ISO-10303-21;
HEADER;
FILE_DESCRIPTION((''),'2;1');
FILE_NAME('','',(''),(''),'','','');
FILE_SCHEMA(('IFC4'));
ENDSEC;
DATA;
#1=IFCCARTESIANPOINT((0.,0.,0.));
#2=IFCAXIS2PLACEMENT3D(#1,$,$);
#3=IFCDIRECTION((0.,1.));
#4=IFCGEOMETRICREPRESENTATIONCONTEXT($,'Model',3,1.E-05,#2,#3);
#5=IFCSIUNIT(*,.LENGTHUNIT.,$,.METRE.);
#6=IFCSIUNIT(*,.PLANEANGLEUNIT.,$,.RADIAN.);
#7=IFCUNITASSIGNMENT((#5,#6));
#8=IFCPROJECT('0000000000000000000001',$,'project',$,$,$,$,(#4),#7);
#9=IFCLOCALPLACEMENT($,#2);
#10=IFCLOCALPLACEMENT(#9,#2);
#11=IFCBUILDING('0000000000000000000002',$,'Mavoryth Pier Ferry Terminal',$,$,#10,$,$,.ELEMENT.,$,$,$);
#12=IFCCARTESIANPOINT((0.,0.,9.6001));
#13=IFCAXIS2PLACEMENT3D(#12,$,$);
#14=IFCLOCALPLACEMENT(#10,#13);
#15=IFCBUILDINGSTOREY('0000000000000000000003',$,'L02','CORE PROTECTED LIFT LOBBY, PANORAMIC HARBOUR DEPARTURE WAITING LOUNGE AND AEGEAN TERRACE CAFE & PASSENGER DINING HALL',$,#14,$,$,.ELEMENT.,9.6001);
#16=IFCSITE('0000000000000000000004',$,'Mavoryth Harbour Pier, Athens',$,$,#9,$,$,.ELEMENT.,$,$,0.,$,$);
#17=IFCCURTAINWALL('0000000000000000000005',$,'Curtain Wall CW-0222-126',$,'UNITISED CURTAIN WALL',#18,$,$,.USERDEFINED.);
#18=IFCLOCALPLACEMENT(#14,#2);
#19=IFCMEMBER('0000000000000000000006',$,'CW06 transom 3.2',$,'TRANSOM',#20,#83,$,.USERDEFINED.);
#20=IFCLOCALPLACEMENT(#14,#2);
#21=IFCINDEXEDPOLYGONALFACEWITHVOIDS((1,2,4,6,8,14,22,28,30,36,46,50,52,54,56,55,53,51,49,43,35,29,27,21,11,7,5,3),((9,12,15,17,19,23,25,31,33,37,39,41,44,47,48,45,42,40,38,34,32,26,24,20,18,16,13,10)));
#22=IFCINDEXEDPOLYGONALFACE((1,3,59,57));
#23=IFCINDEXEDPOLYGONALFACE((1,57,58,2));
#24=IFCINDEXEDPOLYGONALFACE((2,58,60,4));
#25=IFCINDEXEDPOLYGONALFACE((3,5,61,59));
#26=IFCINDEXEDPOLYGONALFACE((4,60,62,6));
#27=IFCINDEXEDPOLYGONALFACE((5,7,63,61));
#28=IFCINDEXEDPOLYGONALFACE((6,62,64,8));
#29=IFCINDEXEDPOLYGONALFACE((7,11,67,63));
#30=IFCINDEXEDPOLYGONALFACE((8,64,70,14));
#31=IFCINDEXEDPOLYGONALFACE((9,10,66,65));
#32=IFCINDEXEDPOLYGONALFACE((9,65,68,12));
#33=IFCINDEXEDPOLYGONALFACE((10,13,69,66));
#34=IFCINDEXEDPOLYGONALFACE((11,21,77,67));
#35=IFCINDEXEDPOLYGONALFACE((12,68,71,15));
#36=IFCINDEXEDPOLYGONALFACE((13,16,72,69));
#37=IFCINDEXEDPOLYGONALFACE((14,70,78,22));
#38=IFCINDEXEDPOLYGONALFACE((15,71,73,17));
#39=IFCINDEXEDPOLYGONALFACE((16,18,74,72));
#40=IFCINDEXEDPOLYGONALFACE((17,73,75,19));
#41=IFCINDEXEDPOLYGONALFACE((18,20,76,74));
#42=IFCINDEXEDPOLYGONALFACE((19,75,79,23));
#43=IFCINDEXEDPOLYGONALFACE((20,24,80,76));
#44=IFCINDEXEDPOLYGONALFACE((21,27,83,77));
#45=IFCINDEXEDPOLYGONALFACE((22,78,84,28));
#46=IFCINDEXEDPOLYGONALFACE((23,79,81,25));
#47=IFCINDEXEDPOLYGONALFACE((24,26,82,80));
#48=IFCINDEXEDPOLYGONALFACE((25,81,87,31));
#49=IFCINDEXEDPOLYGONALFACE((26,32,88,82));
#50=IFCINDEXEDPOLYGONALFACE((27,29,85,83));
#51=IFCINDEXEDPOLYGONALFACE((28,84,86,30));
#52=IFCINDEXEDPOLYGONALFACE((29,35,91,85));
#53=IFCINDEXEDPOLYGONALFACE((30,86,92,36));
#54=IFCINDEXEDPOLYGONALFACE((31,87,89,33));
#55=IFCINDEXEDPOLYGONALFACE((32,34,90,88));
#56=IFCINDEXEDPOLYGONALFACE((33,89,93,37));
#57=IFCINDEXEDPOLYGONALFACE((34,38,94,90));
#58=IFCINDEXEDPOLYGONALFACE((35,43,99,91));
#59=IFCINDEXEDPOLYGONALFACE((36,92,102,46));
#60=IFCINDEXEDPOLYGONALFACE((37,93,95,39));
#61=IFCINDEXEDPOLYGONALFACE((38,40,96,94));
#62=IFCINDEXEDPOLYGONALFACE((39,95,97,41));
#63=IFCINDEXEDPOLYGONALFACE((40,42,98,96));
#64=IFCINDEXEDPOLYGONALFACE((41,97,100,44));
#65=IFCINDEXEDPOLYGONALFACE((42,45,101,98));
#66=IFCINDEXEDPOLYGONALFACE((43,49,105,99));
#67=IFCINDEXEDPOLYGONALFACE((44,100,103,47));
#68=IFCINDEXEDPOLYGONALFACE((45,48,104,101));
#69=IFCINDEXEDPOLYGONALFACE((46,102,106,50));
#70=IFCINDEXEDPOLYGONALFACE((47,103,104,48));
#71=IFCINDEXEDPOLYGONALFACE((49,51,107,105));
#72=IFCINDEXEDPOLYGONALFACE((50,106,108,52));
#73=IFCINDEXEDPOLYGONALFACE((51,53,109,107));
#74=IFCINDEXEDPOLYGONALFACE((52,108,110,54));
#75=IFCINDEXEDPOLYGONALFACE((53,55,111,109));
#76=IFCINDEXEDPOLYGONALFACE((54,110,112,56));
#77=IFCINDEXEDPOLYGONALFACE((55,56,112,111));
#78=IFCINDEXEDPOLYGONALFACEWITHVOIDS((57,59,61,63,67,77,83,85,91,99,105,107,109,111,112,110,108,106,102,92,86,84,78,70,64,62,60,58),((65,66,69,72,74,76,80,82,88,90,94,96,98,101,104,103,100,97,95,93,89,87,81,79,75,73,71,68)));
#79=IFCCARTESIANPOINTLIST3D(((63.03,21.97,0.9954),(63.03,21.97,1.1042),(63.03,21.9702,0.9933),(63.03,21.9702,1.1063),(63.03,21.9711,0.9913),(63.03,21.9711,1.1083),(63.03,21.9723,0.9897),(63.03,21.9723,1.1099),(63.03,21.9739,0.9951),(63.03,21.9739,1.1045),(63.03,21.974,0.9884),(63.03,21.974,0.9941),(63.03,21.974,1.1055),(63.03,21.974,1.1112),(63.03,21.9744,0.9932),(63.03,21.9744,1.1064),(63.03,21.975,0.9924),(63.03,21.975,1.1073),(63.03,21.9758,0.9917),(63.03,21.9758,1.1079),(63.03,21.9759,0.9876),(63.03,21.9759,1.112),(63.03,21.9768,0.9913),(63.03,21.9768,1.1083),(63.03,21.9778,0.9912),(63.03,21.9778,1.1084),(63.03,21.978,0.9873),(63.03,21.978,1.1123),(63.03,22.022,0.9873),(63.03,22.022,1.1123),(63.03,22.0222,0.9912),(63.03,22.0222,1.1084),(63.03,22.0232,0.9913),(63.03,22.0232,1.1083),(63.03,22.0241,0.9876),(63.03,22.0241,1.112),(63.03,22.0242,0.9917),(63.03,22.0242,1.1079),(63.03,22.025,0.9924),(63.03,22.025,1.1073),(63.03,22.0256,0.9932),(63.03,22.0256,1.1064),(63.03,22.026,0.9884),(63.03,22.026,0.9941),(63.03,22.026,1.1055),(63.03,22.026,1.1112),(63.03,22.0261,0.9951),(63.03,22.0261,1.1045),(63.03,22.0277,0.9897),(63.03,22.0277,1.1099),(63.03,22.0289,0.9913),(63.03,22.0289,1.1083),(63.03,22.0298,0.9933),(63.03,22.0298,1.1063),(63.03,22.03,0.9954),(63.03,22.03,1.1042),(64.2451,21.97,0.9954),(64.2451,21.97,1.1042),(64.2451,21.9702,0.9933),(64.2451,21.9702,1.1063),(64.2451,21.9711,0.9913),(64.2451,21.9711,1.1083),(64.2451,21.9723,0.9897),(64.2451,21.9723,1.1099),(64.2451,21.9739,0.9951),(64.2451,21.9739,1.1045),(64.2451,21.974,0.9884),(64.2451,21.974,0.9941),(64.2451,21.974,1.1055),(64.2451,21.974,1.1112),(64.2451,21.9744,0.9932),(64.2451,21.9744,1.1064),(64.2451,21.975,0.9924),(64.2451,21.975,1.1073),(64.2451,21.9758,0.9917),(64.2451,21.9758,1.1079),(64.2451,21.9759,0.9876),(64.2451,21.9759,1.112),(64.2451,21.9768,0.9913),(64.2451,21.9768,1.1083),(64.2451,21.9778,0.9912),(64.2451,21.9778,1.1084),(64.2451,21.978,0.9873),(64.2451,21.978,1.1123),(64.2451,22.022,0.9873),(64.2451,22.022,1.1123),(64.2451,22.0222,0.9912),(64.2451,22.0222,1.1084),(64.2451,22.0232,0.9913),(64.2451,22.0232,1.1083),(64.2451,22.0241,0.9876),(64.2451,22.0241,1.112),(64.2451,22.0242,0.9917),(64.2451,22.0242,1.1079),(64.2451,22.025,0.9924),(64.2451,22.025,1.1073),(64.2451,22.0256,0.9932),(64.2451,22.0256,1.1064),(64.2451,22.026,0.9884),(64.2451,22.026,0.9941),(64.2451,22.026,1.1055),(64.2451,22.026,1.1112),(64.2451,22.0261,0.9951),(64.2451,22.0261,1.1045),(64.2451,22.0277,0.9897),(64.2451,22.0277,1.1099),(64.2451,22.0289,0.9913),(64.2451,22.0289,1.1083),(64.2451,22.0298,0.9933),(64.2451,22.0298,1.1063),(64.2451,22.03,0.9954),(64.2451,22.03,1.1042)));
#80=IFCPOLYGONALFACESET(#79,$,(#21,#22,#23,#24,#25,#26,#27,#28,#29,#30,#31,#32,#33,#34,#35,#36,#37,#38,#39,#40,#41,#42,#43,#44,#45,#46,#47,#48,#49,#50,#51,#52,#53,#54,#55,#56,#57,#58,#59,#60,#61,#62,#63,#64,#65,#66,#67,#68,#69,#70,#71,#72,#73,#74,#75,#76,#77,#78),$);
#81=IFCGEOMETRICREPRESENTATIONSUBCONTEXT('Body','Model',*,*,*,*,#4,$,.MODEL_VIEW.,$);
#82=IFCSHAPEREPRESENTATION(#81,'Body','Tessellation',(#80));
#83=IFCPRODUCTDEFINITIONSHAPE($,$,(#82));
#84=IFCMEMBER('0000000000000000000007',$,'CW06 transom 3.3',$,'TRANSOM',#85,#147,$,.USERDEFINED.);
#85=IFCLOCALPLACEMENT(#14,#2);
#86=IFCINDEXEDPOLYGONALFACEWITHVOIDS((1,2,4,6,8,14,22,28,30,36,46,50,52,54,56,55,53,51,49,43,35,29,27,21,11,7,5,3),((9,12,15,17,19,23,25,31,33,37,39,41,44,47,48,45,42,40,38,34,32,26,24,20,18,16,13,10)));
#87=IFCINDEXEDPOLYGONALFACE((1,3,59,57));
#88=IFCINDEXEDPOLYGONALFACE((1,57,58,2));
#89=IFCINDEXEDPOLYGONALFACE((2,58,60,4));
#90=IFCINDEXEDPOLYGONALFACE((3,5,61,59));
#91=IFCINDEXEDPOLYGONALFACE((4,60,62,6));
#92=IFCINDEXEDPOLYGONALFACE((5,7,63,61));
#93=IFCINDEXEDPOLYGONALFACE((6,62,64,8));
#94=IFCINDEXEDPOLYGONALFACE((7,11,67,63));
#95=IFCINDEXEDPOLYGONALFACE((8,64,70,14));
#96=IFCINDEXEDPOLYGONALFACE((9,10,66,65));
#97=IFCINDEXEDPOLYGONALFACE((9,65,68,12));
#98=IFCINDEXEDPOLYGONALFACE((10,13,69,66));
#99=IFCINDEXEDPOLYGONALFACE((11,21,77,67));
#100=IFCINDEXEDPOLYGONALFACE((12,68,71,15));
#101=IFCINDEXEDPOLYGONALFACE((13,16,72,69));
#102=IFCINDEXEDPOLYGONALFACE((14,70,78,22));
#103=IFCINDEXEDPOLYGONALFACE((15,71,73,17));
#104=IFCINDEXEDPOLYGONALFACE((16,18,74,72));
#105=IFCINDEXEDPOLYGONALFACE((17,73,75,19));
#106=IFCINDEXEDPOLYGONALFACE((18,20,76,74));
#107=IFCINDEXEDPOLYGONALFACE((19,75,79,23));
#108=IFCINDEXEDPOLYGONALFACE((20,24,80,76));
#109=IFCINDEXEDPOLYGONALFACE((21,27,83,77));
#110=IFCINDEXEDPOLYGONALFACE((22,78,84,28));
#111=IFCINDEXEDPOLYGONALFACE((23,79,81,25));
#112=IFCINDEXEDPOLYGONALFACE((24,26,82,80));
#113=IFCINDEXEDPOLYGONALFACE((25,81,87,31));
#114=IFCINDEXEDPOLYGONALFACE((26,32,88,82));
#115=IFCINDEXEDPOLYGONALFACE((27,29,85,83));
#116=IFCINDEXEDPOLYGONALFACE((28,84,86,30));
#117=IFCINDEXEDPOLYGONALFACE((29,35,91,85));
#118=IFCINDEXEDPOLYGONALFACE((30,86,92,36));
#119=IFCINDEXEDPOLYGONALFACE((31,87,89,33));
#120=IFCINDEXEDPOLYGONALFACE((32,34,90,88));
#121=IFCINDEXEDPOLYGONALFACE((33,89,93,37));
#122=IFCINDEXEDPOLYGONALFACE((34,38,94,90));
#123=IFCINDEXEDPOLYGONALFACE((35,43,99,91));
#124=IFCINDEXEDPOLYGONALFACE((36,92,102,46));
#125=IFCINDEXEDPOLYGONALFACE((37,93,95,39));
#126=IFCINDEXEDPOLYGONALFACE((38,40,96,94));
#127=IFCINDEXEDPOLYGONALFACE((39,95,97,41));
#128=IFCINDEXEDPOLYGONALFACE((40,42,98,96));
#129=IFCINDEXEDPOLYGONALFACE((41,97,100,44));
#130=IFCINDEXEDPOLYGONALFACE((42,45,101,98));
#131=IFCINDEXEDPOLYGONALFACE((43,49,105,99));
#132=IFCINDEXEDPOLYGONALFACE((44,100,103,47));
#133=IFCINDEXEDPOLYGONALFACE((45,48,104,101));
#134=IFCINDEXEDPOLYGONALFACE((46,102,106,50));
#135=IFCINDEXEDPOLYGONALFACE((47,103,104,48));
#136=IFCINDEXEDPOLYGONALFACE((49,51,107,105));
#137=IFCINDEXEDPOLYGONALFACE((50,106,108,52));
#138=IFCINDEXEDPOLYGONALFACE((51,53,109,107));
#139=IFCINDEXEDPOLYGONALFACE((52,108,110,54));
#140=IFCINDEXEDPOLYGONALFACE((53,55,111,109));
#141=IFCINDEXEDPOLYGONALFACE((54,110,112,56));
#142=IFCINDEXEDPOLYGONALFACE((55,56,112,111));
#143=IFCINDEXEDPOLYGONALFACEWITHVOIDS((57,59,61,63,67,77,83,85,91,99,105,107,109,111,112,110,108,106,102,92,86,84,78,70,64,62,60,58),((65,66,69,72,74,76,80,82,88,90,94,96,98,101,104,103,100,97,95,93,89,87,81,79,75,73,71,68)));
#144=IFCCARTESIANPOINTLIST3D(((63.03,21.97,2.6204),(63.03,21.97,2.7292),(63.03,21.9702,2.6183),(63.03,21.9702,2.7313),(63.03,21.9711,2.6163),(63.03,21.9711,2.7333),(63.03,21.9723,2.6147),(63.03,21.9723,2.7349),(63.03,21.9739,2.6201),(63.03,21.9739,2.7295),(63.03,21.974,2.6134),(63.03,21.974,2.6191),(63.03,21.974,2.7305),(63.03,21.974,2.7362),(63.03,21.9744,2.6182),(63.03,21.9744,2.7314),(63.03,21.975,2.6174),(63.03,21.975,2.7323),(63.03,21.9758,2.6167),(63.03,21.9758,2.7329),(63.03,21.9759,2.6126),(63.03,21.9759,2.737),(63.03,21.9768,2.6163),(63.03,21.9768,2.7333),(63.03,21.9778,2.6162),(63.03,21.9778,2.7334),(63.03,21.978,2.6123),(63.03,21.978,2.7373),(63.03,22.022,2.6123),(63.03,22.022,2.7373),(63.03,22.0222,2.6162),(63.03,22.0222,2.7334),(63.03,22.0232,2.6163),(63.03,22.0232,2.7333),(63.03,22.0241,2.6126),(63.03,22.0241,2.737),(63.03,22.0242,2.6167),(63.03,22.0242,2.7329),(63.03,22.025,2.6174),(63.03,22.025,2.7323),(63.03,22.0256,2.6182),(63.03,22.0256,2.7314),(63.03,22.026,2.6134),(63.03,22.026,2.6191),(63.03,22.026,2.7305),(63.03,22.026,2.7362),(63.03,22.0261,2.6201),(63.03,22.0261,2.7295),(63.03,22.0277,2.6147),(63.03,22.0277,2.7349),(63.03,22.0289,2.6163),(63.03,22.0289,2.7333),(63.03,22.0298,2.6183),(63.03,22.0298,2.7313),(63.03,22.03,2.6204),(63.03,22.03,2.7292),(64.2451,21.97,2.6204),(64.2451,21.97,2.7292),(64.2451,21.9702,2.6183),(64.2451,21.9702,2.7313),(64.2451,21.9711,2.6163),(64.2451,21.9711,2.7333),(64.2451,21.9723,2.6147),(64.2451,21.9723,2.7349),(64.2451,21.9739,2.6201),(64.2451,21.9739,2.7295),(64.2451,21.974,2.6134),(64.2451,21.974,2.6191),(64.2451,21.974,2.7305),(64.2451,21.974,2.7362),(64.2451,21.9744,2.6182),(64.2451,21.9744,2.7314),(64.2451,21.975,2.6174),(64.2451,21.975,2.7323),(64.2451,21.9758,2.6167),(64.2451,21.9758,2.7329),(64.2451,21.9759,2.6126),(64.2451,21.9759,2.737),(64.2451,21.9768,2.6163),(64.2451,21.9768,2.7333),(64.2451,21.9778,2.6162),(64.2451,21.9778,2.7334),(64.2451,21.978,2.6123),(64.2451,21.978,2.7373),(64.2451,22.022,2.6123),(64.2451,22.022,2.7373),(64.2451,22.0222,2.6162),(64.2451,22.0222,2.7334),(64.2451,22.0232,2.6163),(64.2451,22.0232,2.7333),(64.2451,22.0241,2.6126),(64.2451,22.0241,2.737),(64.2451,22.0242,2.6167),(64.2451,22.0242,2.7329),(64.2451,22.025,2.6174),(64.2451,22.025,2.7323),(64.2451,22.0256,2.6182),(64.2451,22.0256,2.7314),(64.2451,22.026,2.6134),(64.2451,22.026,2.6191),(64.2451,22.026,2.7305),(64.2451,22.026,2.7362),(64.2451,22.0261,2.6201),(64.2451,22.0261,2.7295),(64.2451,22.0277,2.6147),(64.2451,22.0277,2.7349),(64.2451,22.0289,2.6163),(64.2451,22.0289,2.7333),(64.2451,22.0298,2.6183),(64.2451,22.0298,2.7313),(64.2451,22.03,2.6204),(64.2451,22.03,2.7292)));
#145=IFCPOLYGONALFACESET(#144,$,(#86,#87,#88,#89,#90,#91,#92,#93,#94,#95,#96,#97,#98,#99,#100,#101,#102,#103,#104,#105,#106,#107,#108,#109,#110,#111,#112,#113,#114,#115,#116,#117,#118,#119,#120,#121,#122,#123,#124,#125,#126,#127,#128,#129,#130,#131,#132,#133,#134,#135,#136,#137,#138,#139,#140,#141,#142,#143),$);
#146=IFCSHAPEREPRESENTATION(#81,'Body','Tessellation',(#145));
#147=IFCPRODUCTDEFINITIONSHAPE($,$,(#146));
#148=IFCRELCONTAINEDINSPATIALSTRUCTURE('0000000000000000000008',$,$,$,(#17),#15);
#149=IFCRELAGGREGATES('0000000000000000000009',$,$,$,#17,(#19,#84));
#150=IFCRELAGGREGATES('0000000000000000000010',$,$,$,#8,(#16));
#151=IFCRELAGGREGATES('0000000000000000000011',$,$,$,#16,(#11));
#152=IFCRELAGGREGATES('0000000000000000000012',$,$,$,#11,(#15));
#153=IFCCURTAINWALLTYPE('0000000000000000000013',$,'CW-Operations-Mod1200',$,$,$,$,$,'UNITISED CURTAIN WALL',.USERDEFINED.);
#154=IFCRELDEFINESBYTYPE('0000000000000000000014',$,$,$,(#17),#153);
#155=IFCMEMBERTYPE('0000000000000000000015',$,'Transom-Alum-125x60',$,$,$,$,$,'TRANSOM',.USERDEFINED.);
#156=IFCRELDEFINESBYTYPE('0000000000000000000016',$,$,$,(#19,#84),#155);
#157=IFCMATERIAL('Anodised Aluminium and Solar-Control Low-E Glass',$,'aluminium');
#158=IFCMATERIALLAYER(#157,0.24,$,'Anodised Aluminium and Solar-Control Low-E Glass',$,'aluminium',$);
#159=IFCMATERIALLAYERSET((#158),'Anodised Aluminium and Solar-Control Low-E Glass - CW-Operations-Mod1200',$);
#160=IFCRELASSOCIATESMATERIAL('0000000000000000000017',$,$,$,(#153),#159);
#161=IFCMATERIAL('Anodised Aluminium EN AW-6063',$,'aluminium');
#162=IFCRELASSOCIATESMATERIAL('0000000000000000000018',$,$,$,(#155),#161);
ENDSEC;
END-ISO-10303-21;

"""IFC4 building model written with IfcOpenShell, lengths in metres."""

from ifc_helpers import new_model, si_unit, direction, frame, origin, origin_2d, place, context, subcontext, project, spatial, hollow_rectangle, extrude, material, layer, layer_set, material_profile, profile_set, type_object, element, aggregate, save


model = new_model("IFC4")

# Units and contexts
model_context = context("Model", 3, precision=1e-05, world=origin(), true_north=direction((0.0, 1.0)))
body_context = subcontext(model_context, "Body", "Model", "MODEL_VIEW")
ifc_project = project(units=[si_unit("LENGTHUNIT", "METRE"), si_unit("PLANEANGLEUNIT", "RADIAN")], contexts=[model_context])

# Site, building, storey
site_placement = place(None, origin())
site = spatial("IfcSite", under=ifc_project, at=site_placement, Name="Mavoryth Harbour Pier, Athens", CompositionType="ELEMENT", RefElevation=0.0)
building_placement = place(site_placement, origin())
building = spatial("IfcBuilding", under=site, at=building_placement, Name="Mavoryth Pier Ferry Terminal", CompositionType="ELEMENT")
storey_placement = place(building_placement, frame((0.0, 0.0, 9.6001)))
storey = spatial("IfcBuildingStorey", under=building, at=storey_placement, Name="L02", Description="CORE PROTECTED LIFT LOBBY, PANORAMIC HARBOUR DEPARTURE WAITING LOUNGE AND AEGEAN TERRACE CAFE & PASSENGER DINING HALL", CompositionType="ELEMENT", Elevation=9.6001)

# Curtain wall, members
ifc_material_1 = material(Name="Anodised Aluminium and Solar-Control Low-E Glass", Category="aluminium")
ifc_layer_1 = layer(ifc_material_1, 0.24, Name="Anodised Aluminium and Solar-Control Low-E Glass", Category="aluminium")
ifc_layer_set_1 = layer_set([ifc_layer_1], Name="Anodised Aluminium and Solar-Control Low-E Glass - CW-Operations-Mod1200")
curtain_wall_type = type_object("IfcCurtainWallType", Name="CW-Operations-Mod1200", ElementType="UNITISED CURTAIN WALL", PredefinedType="USERDEFINED", material=ifc_layer_set_1)
curtain_wall_placement = place(storey_placement, origin())
curtain_wall = element("IfcCurtainWall", 1, at=curtain_wall_placement, inside=storey, type_object=curtain_wall_type, Name="Curtain Wall CW-0222-126", ObjectType="UNITISED CURTAIN WALL", PredefinedType="USERDEFINED")
ifc_material_2 = material(Name="Anodised Aluminium EN AW-6063", Category="aluminium")
ifc_material_profile_1 = material_profile(ifc_material_2, hollow_rectangle(XDim=0.0601, YDim=0.125, WallThickness=0.0039, InnerFilletRadius=0.0039, OuterFilletRadius=0.0081, at=origin_2d()), Name="AL-TRAN 125x60x4", Category="aluminium")
ifc_profile_set_1 = profile_set([ifc_material_profile_1], Name="Anodised Aluminium EN AW-6063 - AL-TRAN 125x60x4")
member_type_1 = type_object("IfcMemberType", Name="Transom-Alum-125x60", ElementType="TRANSOM", PredefinedType="USERDEFINED", material=ifc_profile_set_1)
member_1_placement = place(storey_placement, frame((64.2451, 22.0, 1.0498), z_axis=(-1.0, 0.0, 0.0), x_axis=(0.0, -1.0, 0.0)))
member_1 = element("IfcMember", 2, at=member_1_placement, type_object=member_type_1, Name="CW06 transom 3.2", ObjectType="TRANSOM", PredefinedType="USERDEFINED", context=body_context, shape_type="SweptSolid", body=[
    extrude(hollow_rectangle(XDim=0.0601, YDim=0.125, WallThickness=0.0039, InnerFilletRadius=0.0039, OuterFilletRadius=0.0081, at=origin_2d()), origin(), (0.0, 0.0, 1.0), 1.2151),
])
member_2_placement = place(storey_placement, frame((64.2451, 22.0, 2.6748), z_axis=(-1.0, 0.0, 0.0), x_axis=(0.0, -1.0, 0.0)))
member_2 = element("IfcMember", 3, at=member_2_placement, type_object=member_type_1, Name="CW06 transom 3.3", ObjectType="TRANSOM", PredefinedType="USERDEFINED", context=body_context, shape_type="SweptSolid", body=[
    extrude(hollow_rectangle(XDim=0.0601, YDim=0.125, WallThickness=0.0039, InnerFilletRadius=0.0039, OuterFilletRadius=0.0081, at=origin_2d()), origin(), (0.0, 0.0, 1.0), 1.2151),
])
aggregate(curtain_wall, [member_1, member_2])

save(model, "model.ifc")
